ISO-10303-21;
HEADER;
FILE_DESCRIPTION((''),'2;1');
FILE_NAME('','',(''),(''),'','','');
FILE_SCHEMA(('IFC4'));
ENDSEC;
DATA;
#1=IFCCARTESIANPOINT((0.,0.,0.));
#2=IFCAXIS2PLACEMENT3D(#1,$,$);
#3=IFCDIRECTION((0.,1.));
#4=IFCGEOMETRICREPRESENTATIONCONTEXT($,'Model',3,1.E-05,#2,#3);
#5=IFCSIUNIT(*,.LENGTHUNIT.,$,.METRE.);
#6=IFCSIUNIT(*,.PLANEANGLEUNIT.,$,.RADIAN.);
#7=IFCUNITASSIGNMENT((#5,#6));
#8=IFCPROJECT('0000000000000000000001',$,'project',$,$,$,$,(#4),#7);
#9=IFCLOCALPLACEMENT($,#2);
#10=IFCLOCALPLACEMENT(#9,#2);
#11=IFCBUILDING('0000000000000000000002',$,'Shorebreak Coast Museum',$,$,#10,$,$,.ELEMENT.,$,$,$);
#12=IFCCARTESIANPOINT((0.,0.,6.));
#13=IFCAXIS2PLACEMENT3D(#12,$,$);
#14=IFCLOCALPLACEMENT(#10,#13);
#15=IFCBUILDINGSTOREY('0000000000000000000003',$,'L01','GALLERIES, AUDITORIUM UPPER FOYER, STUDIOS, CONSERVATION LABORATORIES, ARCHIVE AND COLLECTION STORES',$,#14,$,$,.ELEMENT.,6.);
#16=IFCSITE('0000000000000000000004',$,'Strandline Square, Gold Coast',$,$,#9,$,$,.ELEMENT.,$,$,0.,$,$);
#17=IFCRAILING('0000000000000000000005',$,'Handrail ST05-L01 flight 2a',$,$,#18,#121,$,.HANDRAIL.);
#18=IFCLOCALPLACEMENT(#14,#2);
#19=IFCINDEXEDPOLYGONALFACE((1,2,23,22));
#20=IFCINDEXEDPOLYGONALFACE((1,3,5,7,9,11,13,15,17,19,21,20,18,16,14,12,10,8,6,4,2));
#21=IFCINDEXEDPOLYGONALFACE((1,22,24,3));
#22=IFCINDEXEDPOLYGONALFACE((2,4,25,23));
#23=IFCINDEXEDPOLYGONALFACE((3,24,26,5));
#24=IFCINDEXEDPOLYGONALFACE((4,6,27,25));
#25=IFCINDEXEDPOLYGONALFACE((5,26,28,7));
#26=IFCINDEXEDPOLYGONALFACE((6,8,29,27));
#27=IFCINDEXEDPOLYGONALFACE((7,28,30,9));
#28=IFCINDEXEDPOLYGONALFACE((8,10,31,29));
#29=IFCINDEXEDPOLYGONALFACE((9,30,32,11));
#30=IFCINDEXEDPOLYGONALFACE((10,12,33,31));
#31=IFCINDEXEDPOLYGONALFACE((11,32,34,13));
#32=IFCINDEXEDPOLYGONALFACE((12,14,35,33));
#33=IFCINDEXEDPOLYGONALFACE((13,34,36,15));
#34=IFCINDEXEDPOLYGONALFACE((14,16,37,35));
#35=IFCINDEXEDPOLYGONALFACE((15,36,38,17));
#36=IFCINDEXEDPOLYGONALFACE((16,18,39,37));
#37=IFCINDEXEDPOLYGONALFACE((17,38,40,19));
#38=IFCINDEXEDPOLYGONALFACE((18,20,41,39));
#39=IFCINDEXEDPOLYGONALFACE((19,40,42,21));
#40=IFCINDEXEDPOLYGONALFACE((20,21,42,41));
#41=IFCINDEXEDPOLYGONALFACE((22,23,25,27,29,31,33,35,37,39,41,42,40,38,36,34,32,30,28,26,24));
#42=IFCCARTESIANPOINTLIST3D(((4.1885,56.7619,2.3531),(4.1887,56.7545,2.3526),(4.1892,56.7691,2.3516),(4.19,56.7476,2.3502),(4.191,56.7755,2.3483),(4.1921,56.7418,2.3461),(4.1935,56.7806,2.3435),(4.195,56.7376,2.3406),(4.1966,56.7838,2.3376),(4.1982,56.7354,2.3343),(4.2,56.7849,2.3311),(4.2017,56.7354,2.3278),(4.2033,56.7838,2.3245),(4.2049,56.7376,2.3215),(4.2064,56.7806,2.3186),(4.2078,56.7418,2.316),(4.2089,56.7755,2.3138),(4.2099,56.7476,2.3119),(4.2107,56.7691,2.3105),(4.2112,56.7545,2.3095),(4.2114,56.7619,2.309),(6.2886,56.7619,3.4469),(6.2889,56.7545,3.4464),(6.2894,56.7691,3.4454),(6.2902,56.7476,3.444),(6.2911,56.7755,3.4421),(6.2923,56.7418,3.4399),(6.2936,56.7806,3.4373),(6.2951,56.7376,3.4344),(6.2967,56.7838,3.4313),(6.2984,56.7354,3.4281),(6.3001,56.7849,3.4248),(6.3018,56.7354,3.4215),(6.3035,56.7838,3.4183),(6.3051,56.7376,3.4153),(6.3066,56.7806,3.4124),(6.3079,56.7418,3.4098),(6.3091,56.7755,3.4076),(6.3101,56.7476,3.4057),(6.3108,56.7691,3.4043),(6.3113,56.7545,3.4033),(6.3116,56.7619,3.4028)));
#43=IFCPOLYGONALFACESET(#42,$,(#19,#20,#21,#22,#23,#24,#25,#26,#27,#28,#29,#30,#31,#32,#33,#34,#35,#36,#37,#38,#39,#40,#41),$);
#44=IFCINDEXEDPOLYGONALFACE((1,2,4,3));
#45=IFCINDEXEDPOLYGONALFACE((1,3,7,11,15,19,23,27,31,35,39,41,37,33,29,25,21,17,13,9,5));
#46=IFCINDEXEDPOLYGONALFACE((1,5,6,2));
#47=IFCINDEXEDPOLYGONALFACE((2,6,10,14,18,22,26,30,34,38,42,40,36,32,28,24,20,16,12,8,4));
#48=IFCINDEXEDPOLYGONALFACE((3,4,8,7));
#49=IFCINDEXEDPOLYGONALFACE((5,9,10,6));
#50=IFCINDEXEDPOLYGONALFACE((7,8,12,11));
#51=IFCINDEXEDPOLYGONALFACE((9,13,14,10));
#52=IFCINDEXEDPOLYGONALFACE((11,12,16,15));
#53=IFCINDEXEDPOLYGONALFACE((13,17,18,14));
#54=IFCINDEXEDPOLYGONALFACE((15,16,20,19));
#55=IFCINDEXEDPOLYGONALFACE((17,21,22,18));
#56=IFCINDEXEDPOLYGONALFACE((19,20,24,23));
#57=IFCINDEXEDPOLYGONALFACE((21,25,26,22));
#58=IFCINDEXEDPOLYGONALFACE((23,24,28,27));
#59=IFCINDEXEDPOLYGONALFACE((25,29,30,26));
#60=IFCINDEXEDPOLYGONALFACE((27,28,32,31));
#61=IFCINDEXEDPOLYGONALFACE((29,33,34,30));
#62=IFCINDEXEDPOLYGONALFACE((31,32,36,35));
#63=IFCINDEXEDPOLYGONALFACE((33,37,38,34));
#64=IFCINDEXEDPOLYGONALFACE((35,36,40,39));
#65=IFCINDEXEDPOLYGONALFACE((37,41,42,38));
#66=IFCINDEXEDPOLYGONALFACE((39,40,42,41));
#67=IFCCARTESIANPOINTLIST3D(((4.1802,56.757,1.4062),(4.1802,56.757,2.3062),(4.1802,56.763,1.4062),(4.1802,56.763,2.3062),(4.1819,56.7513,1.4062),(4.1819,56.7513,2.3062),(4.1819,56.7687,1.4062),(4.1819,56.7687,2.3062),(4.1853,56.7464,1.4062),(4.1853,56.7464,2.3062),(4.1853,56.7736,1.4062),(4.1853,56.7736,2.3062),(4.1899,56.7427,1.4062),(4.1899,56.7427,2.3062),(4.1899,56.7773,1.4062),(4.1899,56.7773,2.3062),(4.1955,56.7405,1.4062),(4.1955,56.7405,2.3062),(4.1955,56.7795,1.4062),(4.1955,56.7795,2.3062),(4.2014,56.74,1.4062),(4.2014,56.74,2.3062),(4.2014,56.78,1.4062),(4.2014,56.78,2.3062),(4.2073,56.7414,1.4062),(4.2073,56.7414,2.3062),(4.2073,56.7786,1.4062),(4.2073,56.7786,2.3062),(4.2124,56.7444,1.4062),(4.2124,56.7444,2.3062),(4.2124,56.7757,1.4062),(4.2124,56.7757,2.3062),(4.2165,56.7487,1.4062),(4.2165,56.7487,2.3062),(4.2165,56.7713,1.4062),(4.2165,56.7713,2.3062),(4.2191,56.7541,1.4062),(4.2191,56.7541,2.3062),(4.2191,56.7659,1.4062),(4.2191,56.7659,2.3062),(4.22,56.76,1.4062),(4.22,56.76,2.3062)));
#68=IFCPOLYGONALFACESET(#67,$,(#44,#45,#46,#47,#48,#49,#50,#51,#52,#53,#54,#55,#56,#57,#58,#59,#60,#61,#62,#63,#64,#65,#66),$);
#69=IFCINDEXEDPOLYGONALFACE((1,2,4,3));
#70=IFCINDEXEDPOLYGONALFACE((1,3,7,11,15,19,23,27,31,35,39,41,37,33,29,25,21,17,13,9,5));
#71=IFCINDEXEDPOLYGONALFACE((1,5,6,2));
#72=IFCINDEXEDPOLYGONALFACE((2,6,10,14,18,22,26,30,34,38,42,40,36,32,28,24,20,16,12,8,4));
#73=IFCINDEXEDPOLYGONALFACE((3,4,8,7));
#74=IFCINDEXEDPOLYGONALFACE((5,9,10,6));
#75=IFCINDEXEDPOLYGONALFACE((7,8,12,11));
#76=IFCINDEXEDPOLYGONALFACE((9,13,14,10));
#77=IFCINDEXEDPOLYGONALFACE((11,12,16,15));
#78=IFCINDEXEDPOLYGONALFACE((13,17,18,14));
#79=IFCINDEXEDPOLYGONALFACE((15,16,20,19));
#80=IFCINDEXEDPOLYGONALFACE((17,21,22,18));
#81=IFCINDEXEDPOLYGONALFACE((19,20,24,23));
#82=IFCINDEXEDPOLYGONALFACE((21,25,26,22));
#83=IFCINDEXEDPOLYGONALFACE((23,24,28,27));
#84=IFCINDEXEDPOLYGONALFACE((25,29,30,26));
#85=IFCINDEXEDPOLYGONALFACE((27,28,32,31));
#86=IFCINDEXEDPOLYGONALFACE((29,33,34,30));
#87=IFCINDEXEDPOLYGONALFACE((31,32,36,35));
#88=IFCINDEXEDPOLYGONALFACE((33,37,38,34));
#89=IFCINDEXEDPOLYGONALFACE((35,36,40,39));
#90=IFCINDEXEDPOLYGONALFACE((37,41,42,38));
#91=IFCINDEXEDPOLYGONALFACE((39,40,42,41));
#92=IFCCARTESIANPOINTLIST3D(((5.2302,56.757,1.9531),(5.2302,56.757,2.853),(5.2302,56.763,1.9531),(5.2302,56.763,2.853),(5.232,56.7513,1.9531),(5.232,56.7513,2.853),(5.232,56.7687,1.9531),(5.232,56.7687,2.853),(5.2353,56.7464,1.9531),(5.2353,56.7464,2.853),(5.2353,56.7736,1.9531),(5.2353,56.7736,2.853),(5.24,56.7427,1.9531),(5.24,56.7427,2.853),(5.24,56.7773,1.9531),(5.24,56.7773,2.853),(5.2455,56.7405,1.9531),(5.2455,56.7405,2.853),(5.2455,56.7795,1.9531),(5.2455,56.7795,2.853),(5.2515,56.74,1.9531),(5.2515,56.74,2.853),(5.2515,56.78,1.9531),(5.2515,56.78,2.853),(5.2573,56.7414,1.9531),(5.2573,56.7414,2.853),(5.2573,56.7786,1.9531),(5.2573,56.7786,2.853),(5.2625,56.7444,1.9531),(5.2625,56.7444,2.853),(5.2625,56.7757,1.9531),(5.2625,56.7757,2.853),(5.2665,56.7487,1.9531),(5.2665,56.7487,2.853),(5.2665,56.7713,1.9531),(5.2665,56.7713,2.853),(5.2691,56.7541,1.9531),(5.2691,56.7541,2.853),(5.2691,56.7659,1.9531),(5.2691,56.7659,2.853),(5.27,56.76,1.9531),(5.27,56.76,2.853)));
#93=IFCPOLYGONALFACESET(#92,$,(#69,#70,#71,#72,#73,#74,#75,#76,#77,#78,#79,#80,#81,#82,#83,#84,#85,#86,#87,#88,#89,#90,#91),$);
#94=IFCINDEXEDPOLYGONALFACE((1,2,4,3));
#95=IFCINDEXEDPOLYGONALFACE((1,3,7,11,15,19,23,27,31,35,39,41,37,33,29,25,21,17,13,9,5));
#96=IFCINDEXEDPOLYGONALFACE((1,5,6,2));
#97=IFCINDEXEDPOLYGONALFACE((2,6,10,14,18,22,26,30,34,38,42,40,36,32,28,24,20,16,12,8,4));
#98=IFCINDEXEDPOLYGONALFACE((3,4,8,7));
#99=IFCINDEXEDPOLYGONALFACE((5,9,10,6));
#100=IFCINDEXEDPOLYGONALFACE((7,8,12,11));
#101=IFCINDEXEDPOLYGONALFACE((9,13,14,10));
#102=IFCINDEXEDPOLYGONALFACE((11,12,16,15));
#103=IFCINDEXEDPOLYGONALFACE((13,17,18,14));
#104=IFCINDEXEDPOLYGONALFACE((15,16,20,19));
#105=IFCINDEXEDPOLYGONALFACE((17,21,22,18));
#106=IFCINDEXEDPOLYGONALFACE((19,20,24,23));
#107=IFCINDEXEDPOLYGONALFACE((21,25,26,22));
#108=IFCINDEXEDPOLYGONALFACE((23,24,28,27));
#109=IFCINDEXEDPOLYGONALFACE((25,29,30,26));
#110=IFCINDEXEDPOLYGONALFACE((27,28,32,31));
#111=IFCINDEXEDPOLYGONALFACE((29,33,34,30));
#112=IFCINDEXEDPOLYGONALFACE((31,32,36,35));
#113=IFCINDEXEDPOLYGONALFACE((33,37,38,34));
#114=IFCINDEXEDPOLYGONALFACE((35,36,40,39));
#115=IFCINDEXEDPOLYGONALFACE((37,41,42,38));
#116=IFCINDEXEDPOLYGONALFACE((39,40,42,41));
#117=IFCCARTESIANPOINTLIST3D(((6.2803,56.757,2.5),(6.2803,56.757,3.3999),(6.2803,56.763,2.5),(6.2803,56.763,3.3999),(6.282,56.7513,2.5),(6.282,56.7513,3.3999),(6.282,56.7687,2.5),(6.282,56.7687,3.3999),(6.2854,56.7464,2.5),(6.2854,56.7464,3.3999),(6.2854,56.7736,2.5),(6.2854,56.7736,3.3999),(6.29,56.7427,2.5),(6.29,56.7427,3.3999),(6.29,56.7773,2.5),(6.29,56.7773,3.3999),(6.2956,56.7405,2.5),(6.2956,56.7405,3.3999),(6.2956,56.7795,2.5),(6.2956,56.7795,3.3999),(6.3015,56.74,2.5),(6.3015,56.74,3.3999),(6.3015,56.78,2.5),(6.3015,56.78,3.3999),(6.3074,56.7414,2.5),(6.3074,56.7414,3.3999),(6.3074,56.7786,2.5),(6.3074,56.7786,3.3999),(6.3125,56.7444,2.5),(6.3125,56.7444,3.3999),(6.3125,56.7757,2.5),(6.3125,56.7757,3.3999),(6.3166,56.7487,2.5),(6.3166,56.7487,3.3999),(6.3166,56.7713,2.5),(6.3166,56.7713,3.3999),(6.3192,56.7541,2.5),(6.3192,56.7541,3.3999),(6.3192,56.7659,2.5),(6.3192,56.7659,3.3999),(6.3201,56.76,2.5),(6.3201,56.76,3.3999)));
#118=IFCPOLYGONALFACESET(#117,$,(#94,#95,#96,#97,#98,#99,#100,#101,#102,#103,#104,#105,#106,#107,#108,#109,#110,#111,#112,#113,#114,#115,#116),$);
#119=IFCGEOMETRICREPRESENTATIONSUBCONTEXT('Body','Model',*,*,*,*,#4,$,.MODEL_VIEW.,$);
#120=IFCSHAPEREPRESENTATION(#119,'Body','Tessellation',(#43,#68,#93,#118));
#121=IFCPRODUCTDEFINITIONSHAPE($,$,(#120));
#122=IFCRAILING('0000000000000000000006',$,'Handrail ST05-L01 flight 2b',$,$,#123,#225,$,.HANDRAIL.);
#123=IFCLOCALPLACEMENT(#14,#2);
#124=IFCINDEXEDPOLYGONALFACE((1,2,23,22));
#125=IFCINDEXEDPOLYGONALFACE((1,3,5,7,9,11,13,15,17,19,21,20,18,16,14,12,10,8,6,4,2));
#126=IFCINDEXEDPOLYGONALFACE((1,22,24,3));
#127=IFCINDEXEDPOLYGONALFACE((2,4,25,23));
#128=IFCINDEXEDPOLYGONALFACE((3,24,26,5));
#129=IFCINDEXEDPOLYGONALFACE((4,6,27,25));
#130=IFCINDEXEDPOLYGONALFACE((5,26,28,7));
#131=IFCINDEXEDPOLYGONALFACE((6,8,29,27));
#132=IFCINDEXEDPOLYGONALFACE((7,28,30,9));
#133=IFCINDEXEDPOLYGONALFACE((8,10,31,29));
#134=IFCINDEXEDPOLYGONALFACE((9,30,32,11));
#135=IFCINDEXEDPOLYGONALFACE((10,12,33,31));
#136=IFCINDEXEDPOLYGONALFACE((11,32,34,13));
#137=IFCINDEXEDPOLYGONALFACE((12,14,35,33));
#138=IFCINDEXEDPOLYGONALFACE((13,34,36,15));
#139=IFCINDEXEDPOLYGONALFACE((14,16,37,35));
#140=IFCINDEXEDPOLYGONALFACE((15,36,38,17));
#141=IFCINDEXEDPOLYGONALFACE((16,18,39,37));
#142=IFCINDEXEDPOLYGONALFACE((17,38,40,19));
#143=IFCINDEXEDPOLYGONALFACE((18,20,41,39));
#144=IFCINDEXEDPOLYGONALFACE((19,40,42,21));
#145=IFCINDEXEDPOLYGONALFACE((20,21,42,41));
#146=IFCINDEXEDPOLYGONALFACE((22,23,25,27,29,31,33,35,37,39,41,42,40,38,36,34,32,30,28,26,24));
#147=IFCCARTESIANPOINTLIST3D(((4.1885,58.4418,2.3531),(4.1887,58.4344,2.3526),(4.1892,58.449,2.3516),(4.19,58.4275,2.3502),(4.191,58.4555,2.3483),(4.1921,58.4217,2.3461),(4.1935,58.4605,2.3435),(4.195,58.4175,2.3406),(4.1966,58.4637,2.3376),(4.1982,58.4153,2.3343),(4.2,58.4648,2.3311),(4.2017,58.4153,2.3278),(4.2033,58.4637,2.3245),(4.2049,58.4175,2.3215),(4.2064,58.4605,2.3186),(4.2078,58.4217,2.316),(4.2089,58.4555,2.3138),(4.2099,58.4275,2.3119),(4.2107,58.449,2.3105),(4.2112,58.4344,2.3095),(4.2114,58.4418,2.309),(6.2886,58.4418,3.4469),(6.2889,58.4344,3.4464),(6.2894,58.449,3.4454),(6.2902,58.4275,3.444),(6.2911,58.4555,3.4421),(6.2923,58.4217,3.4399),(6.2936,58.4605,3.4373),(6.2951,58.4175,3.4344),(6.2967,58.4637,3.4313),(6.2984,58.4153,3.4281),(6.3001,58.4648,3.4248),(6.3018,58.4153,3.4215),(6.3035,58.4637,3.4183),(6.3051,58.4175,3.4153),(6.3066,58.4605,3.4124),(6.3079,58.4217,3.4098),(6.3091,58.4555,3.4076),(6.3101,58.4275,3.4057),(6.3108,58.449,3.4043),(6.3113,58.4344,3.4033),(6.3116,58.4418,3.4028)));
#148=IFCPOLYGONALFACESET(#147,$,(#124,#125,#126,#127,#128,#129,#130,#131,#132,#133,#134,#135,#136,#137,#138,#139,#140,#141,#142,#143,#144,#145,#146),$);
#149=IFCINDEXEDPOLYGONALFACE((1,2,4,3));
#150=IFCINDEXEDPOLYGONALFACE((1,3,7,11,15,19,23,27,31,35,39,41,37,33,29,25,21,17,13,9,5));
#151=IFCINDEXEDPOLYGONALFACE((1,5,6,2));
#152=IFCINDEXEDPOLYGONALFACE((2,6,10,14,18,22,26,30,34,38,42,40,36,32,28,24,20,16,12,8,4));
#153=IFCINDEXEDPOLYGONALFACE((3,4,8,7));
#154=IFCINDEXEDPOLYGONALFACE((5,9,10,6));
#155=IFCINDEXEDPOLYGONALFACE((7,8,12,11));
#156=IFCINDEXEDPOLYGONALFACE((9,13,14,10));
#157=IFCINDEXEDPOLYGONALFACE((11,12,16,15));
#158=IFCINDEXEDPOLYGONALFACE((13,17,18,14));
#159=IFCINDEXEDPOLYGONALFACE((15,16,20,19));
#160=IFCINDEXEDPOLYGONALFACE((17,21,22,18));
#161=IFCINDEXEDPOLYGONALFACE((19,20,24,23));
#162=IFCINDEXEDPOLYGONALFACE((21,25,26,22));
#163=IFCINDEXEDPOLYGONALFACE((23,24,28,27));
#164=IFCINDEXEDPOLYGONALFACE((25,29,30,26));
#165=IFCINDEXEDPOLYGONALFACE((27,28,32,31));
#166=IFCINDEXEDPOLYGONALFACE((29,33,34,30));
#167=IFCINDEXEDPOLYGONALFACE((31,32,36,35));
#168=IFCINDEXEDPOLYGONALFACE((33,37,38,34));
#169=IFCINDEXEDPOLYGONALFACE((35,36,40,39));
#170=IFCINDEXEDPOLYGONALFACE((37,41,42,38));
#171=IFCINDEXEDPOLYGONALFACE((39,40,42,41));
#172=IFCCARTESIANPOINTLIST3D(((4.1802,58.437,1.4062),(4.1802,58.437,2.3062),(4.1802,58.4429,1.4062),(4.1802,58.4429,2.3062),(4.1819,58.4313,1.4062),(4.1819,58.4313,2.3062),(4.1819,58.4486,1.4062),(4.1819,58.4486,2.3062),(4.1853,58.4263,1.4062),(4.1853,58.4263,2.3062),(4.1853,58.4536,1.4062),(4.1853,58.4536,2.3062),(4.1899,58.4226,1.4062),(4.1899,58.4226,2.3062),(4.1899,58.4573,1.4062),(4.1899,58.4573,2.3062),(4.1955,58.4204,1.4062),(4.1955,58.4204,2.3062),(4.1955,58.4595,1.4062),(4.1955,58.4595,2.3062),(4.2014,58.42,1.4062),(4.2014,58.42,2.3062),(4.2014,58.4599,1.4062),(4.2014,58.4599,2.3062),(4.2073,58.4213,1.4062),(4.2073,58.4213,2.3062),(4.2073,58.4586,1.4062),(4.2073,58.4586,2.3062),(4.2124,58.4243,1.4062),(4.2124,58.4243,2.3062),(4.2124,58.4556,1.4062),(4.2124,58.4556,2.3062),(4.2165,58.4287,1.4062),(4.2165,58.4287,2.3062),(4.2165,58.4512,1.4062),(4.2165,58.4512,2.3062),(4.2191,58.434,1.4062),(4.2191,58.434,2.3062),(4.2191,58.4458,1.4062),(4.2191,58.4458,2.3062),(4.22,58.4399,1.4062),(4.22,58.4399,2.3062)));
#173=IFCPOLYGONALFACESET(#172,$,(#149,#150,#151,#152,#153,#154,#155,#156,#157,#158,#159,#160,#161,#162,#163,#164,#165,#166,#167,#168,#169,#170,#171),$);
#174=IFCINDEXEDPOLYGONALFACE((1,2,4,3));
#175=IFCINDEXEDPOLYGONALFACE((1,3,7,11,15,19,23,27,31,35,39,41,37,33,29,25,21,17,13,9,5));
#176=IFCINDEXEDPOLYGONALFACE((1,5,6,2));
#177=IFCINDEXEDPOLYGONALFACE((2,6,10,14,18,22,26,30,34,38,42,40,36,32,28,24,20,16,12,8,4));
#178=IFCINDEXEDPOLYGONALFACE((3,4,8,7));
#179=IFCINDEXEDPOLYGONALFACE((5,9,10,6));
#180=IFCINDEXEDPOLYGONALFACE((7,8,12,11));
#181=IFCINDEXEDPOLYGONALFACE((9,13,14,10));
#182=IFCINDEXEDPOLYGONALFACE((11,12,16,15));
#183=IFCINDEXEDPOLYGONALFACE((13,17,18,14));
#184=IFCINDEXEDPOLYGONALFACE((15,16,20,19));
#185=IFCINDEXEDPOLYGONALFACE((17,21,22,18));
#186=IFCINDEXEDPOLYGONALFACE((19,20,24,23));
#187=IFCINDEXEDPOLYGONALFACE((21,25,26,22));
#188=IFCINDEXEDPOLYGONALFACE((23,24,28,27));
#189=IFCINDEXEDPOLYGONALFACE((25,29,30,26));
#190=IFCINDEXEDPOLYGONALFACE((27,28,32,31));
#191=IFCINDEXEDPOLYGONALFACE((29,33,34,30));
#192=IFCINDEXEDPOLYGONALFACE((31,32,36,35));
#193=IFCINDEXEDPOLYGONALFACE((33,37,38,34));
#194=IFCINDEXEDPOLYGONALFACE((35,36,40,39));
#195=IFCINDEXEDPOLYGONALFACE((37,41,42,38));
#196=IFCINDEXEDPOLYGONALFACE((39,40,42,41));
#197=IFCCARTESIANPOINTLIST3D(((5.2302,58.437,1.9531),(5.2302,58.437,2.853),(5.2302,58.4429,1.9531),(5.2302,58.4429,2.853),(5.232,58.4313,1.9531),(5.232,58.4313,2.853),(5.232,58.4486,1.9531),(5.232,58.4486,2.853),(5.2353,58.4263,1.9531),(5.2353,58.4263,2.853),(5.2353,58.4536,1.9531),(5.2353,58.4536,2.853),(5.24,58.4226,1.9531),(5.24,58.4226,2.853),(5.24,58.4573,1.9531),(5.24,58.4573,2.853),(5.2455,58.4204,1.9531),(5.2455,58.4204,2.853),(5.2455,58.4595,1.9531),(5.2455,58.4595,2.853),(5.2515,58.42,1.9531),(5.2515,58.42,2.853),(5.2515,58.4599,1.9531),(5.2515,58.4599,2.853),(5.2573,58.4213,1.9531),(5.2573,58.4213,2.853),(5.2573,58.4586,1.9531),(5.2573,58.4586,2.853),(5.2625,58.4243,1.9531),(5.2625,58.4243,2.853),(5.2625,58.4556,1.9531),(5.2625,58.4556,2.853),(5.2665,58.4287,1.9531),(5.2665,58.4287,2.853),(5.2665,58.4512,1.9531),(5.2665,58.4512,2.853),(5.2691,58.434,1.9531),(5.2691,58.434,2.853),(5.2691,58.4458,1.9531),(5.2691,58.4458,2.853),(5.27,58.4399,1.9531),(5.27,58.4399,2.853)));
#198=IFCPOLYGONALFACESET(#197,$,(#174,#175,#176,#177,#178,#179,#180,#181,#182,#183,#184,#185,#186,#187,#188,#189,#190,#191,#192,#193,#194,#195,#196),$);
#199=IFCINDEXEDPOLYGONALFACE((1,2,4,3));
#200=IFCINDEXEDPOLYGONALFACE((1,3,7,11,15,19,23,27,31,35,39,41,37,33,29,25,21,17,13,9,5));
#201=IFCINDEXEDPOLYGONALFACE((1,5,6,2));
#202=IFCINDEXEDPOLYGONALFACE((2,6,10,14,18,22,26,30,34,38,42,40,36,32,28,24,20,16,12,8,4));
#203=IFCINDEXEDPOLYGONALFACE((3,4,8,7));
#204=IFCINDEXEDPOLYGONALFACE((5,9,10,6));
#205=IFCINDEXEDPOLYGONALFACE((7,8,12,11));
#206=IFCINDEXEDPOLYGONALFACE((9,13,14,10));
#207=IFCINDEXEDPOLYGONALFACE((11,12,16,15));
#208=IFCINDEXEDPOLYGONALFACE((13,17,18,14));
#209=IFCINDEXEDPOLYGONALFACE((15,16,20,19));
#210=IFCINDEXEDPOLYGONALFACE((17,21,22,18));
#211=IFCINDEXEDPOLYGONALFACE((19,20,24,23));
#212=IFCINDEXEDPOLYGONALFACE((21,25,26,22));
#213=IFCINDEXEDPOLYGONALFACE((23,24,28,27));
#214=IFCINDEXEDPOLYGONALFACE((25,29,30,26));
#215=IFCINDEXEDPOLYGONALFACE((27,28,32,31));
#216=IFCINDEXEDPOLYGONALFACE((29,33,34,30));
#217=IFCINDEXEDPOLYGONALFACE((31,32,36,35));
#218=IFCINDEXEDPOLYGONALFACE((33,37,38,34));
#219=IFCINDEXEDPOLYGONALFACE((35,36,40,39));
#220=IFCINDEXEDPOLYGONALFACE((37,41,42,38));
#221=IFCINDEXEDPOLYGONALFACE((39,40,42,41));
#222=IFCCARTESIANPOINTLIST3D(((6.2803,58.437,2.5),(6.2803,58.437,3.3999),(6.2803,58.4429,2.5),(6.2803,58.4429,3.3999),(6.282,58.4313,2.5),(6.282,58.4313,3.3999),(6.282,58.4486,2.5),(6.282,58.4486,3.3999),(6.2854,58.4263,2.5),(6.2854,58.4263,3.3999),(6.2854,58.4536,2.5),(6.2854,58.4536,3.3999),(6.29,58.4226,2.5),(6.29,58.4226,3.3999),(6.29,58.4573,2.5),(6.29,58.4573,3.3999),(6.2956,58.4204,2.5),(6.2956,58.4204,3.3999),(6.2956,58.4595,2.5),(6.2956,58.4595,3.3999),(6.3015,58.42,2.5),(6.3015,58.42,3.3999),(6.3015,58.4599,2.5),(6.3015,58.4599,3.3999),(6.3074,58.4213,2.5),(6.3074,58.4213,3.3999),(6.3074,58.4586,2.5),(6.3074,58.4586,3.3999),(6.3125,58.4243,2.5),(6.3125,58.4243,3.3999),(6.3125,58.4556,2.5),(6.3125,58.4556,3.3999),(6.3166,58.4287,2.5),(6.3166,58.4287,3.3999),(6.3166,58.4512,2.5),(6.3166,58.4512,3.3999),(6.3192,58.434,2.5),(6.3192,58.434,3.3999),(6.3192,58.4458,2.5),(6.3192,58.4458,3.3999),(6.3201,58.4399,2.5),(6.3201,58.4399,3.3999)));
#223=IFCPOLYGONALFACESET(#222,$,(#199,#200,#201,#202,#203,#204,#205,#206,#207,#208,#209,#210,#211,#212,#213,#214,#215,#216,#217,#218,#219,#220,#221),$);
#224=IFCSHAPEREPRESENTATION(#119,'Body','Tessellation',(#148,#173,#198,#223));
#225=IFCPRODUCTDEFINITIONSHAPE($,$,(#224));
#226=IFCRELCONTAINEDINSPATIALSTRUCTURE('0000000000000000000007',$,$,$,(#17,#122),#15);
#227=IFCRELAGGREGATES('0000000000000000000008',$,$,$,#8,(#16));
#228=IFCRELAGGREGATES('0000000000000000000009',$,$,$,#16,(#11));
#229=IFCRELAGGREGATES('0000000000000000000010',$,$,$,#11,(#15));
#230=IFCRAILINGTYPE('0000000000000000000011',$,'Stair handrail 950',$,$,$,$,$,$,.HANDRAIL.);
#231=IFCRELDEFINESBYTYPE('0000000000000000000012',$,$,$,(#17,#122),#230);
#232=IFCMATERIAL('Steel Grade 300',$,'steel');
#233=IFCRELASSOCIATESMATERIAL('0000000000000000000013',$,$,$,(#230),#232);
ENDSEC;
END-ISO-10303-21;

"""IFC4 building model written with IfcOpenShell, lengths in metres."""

from ifc_helpers import new_model, si_unit, direction, frame, origin, origin_2d, place, context, subcontext, project, spatial, circle, extrude, material, type_object, element, save


model = new_model("IFC4")

# Units and contexts
model_context = context("Model", 3, precision=1e-05, world=origin(), true_north=direction((0.0, 1.0)))
body_context = subcontext(model_context, "Body", "Model", "MODEL_VIEW")
ifc_project = project(units=[si_unit("LENGTHUNIT", "METRE"), si_unit("PLANEANGLEUNIT", "RADIAN")], contexts=[model_context])

# Site, building, storey
site_placement = place(None, origin())
site = spatial("IfcSite", under=ifc_project, at=site_placement, Name="Strandline Square, Gold Coast", CompositionType="ELEMENT", RefElevation=0.0)
building_placement = place(site_placement, origin())
building = spatial("IfcBuilding", under=site, at=building_placement, Name="Shorebreak Coast Museum", CompositionType="ELEMENT")
storey_placement = place(building_placement, frame((0.0, 0.0, 6.0)))
storey = spatial("IfcBuildingStorey", under=building, at=storey_placement, Name="L01", Description="GALLERIES, AUDITORIUM UPPER FOYER, STUDIOS, CONSERVATION LABORATORIES, ARCHIVE AND COLLECTION STORES", CompositionType="ELEMENT", Elevation=6.0)

# Railings
ifc_material_1 = material(Name="Steel Grade 300", Category="steel")
railing_type_1 = type_object("IfcRailingType", Name="Stair handrail 950", PredefinedType="HANDRAIL", material=ifc_material_1)
for number, where, name in (
    (1, (4.2, 56.76, 1.4062), "Handrail ST05-L01 flight 2a"),
    (2, (4.2, 58.4399, 1.4062), "Handrail ST05-L01 flight 2b"),
):
    element("IfcRailing", number, at=place(storey_placement, frame(where)), inside=storey, type_object=railing_type_1, Name=name, PredefinedType="HANDRAIL", context=body_context, shape_type="SweptSolid", body=[
        extrude(circle(Radius=0.0249, at=origin_2d()), frame((0.0, 0.0, 0.9248), z_axis=(0.886923, 0.0, 0.461918), x_axis=(0.0, 1.0, 0.0)), (0.0, 0.0, 1.0), 2.3679),
        extrude(circle(Radius=0.02, at=origin_2d()), origin(), (0.0, 0.0, 1.0), 0.8999),
        extrude(circle(Radius=0.02, at=origin_2d()), frame((1.05, 0.0, 0.5469)), (0.0, 0.0, 1.0), 0.8999),
        extrude(circle(Radius=0.02, at=origin_2d()), frame((2.1001, 0.0, 1.0938)), (0.0, 0.0, 1.0), 0.8999),
    ])

save(model, "model.ifc")
